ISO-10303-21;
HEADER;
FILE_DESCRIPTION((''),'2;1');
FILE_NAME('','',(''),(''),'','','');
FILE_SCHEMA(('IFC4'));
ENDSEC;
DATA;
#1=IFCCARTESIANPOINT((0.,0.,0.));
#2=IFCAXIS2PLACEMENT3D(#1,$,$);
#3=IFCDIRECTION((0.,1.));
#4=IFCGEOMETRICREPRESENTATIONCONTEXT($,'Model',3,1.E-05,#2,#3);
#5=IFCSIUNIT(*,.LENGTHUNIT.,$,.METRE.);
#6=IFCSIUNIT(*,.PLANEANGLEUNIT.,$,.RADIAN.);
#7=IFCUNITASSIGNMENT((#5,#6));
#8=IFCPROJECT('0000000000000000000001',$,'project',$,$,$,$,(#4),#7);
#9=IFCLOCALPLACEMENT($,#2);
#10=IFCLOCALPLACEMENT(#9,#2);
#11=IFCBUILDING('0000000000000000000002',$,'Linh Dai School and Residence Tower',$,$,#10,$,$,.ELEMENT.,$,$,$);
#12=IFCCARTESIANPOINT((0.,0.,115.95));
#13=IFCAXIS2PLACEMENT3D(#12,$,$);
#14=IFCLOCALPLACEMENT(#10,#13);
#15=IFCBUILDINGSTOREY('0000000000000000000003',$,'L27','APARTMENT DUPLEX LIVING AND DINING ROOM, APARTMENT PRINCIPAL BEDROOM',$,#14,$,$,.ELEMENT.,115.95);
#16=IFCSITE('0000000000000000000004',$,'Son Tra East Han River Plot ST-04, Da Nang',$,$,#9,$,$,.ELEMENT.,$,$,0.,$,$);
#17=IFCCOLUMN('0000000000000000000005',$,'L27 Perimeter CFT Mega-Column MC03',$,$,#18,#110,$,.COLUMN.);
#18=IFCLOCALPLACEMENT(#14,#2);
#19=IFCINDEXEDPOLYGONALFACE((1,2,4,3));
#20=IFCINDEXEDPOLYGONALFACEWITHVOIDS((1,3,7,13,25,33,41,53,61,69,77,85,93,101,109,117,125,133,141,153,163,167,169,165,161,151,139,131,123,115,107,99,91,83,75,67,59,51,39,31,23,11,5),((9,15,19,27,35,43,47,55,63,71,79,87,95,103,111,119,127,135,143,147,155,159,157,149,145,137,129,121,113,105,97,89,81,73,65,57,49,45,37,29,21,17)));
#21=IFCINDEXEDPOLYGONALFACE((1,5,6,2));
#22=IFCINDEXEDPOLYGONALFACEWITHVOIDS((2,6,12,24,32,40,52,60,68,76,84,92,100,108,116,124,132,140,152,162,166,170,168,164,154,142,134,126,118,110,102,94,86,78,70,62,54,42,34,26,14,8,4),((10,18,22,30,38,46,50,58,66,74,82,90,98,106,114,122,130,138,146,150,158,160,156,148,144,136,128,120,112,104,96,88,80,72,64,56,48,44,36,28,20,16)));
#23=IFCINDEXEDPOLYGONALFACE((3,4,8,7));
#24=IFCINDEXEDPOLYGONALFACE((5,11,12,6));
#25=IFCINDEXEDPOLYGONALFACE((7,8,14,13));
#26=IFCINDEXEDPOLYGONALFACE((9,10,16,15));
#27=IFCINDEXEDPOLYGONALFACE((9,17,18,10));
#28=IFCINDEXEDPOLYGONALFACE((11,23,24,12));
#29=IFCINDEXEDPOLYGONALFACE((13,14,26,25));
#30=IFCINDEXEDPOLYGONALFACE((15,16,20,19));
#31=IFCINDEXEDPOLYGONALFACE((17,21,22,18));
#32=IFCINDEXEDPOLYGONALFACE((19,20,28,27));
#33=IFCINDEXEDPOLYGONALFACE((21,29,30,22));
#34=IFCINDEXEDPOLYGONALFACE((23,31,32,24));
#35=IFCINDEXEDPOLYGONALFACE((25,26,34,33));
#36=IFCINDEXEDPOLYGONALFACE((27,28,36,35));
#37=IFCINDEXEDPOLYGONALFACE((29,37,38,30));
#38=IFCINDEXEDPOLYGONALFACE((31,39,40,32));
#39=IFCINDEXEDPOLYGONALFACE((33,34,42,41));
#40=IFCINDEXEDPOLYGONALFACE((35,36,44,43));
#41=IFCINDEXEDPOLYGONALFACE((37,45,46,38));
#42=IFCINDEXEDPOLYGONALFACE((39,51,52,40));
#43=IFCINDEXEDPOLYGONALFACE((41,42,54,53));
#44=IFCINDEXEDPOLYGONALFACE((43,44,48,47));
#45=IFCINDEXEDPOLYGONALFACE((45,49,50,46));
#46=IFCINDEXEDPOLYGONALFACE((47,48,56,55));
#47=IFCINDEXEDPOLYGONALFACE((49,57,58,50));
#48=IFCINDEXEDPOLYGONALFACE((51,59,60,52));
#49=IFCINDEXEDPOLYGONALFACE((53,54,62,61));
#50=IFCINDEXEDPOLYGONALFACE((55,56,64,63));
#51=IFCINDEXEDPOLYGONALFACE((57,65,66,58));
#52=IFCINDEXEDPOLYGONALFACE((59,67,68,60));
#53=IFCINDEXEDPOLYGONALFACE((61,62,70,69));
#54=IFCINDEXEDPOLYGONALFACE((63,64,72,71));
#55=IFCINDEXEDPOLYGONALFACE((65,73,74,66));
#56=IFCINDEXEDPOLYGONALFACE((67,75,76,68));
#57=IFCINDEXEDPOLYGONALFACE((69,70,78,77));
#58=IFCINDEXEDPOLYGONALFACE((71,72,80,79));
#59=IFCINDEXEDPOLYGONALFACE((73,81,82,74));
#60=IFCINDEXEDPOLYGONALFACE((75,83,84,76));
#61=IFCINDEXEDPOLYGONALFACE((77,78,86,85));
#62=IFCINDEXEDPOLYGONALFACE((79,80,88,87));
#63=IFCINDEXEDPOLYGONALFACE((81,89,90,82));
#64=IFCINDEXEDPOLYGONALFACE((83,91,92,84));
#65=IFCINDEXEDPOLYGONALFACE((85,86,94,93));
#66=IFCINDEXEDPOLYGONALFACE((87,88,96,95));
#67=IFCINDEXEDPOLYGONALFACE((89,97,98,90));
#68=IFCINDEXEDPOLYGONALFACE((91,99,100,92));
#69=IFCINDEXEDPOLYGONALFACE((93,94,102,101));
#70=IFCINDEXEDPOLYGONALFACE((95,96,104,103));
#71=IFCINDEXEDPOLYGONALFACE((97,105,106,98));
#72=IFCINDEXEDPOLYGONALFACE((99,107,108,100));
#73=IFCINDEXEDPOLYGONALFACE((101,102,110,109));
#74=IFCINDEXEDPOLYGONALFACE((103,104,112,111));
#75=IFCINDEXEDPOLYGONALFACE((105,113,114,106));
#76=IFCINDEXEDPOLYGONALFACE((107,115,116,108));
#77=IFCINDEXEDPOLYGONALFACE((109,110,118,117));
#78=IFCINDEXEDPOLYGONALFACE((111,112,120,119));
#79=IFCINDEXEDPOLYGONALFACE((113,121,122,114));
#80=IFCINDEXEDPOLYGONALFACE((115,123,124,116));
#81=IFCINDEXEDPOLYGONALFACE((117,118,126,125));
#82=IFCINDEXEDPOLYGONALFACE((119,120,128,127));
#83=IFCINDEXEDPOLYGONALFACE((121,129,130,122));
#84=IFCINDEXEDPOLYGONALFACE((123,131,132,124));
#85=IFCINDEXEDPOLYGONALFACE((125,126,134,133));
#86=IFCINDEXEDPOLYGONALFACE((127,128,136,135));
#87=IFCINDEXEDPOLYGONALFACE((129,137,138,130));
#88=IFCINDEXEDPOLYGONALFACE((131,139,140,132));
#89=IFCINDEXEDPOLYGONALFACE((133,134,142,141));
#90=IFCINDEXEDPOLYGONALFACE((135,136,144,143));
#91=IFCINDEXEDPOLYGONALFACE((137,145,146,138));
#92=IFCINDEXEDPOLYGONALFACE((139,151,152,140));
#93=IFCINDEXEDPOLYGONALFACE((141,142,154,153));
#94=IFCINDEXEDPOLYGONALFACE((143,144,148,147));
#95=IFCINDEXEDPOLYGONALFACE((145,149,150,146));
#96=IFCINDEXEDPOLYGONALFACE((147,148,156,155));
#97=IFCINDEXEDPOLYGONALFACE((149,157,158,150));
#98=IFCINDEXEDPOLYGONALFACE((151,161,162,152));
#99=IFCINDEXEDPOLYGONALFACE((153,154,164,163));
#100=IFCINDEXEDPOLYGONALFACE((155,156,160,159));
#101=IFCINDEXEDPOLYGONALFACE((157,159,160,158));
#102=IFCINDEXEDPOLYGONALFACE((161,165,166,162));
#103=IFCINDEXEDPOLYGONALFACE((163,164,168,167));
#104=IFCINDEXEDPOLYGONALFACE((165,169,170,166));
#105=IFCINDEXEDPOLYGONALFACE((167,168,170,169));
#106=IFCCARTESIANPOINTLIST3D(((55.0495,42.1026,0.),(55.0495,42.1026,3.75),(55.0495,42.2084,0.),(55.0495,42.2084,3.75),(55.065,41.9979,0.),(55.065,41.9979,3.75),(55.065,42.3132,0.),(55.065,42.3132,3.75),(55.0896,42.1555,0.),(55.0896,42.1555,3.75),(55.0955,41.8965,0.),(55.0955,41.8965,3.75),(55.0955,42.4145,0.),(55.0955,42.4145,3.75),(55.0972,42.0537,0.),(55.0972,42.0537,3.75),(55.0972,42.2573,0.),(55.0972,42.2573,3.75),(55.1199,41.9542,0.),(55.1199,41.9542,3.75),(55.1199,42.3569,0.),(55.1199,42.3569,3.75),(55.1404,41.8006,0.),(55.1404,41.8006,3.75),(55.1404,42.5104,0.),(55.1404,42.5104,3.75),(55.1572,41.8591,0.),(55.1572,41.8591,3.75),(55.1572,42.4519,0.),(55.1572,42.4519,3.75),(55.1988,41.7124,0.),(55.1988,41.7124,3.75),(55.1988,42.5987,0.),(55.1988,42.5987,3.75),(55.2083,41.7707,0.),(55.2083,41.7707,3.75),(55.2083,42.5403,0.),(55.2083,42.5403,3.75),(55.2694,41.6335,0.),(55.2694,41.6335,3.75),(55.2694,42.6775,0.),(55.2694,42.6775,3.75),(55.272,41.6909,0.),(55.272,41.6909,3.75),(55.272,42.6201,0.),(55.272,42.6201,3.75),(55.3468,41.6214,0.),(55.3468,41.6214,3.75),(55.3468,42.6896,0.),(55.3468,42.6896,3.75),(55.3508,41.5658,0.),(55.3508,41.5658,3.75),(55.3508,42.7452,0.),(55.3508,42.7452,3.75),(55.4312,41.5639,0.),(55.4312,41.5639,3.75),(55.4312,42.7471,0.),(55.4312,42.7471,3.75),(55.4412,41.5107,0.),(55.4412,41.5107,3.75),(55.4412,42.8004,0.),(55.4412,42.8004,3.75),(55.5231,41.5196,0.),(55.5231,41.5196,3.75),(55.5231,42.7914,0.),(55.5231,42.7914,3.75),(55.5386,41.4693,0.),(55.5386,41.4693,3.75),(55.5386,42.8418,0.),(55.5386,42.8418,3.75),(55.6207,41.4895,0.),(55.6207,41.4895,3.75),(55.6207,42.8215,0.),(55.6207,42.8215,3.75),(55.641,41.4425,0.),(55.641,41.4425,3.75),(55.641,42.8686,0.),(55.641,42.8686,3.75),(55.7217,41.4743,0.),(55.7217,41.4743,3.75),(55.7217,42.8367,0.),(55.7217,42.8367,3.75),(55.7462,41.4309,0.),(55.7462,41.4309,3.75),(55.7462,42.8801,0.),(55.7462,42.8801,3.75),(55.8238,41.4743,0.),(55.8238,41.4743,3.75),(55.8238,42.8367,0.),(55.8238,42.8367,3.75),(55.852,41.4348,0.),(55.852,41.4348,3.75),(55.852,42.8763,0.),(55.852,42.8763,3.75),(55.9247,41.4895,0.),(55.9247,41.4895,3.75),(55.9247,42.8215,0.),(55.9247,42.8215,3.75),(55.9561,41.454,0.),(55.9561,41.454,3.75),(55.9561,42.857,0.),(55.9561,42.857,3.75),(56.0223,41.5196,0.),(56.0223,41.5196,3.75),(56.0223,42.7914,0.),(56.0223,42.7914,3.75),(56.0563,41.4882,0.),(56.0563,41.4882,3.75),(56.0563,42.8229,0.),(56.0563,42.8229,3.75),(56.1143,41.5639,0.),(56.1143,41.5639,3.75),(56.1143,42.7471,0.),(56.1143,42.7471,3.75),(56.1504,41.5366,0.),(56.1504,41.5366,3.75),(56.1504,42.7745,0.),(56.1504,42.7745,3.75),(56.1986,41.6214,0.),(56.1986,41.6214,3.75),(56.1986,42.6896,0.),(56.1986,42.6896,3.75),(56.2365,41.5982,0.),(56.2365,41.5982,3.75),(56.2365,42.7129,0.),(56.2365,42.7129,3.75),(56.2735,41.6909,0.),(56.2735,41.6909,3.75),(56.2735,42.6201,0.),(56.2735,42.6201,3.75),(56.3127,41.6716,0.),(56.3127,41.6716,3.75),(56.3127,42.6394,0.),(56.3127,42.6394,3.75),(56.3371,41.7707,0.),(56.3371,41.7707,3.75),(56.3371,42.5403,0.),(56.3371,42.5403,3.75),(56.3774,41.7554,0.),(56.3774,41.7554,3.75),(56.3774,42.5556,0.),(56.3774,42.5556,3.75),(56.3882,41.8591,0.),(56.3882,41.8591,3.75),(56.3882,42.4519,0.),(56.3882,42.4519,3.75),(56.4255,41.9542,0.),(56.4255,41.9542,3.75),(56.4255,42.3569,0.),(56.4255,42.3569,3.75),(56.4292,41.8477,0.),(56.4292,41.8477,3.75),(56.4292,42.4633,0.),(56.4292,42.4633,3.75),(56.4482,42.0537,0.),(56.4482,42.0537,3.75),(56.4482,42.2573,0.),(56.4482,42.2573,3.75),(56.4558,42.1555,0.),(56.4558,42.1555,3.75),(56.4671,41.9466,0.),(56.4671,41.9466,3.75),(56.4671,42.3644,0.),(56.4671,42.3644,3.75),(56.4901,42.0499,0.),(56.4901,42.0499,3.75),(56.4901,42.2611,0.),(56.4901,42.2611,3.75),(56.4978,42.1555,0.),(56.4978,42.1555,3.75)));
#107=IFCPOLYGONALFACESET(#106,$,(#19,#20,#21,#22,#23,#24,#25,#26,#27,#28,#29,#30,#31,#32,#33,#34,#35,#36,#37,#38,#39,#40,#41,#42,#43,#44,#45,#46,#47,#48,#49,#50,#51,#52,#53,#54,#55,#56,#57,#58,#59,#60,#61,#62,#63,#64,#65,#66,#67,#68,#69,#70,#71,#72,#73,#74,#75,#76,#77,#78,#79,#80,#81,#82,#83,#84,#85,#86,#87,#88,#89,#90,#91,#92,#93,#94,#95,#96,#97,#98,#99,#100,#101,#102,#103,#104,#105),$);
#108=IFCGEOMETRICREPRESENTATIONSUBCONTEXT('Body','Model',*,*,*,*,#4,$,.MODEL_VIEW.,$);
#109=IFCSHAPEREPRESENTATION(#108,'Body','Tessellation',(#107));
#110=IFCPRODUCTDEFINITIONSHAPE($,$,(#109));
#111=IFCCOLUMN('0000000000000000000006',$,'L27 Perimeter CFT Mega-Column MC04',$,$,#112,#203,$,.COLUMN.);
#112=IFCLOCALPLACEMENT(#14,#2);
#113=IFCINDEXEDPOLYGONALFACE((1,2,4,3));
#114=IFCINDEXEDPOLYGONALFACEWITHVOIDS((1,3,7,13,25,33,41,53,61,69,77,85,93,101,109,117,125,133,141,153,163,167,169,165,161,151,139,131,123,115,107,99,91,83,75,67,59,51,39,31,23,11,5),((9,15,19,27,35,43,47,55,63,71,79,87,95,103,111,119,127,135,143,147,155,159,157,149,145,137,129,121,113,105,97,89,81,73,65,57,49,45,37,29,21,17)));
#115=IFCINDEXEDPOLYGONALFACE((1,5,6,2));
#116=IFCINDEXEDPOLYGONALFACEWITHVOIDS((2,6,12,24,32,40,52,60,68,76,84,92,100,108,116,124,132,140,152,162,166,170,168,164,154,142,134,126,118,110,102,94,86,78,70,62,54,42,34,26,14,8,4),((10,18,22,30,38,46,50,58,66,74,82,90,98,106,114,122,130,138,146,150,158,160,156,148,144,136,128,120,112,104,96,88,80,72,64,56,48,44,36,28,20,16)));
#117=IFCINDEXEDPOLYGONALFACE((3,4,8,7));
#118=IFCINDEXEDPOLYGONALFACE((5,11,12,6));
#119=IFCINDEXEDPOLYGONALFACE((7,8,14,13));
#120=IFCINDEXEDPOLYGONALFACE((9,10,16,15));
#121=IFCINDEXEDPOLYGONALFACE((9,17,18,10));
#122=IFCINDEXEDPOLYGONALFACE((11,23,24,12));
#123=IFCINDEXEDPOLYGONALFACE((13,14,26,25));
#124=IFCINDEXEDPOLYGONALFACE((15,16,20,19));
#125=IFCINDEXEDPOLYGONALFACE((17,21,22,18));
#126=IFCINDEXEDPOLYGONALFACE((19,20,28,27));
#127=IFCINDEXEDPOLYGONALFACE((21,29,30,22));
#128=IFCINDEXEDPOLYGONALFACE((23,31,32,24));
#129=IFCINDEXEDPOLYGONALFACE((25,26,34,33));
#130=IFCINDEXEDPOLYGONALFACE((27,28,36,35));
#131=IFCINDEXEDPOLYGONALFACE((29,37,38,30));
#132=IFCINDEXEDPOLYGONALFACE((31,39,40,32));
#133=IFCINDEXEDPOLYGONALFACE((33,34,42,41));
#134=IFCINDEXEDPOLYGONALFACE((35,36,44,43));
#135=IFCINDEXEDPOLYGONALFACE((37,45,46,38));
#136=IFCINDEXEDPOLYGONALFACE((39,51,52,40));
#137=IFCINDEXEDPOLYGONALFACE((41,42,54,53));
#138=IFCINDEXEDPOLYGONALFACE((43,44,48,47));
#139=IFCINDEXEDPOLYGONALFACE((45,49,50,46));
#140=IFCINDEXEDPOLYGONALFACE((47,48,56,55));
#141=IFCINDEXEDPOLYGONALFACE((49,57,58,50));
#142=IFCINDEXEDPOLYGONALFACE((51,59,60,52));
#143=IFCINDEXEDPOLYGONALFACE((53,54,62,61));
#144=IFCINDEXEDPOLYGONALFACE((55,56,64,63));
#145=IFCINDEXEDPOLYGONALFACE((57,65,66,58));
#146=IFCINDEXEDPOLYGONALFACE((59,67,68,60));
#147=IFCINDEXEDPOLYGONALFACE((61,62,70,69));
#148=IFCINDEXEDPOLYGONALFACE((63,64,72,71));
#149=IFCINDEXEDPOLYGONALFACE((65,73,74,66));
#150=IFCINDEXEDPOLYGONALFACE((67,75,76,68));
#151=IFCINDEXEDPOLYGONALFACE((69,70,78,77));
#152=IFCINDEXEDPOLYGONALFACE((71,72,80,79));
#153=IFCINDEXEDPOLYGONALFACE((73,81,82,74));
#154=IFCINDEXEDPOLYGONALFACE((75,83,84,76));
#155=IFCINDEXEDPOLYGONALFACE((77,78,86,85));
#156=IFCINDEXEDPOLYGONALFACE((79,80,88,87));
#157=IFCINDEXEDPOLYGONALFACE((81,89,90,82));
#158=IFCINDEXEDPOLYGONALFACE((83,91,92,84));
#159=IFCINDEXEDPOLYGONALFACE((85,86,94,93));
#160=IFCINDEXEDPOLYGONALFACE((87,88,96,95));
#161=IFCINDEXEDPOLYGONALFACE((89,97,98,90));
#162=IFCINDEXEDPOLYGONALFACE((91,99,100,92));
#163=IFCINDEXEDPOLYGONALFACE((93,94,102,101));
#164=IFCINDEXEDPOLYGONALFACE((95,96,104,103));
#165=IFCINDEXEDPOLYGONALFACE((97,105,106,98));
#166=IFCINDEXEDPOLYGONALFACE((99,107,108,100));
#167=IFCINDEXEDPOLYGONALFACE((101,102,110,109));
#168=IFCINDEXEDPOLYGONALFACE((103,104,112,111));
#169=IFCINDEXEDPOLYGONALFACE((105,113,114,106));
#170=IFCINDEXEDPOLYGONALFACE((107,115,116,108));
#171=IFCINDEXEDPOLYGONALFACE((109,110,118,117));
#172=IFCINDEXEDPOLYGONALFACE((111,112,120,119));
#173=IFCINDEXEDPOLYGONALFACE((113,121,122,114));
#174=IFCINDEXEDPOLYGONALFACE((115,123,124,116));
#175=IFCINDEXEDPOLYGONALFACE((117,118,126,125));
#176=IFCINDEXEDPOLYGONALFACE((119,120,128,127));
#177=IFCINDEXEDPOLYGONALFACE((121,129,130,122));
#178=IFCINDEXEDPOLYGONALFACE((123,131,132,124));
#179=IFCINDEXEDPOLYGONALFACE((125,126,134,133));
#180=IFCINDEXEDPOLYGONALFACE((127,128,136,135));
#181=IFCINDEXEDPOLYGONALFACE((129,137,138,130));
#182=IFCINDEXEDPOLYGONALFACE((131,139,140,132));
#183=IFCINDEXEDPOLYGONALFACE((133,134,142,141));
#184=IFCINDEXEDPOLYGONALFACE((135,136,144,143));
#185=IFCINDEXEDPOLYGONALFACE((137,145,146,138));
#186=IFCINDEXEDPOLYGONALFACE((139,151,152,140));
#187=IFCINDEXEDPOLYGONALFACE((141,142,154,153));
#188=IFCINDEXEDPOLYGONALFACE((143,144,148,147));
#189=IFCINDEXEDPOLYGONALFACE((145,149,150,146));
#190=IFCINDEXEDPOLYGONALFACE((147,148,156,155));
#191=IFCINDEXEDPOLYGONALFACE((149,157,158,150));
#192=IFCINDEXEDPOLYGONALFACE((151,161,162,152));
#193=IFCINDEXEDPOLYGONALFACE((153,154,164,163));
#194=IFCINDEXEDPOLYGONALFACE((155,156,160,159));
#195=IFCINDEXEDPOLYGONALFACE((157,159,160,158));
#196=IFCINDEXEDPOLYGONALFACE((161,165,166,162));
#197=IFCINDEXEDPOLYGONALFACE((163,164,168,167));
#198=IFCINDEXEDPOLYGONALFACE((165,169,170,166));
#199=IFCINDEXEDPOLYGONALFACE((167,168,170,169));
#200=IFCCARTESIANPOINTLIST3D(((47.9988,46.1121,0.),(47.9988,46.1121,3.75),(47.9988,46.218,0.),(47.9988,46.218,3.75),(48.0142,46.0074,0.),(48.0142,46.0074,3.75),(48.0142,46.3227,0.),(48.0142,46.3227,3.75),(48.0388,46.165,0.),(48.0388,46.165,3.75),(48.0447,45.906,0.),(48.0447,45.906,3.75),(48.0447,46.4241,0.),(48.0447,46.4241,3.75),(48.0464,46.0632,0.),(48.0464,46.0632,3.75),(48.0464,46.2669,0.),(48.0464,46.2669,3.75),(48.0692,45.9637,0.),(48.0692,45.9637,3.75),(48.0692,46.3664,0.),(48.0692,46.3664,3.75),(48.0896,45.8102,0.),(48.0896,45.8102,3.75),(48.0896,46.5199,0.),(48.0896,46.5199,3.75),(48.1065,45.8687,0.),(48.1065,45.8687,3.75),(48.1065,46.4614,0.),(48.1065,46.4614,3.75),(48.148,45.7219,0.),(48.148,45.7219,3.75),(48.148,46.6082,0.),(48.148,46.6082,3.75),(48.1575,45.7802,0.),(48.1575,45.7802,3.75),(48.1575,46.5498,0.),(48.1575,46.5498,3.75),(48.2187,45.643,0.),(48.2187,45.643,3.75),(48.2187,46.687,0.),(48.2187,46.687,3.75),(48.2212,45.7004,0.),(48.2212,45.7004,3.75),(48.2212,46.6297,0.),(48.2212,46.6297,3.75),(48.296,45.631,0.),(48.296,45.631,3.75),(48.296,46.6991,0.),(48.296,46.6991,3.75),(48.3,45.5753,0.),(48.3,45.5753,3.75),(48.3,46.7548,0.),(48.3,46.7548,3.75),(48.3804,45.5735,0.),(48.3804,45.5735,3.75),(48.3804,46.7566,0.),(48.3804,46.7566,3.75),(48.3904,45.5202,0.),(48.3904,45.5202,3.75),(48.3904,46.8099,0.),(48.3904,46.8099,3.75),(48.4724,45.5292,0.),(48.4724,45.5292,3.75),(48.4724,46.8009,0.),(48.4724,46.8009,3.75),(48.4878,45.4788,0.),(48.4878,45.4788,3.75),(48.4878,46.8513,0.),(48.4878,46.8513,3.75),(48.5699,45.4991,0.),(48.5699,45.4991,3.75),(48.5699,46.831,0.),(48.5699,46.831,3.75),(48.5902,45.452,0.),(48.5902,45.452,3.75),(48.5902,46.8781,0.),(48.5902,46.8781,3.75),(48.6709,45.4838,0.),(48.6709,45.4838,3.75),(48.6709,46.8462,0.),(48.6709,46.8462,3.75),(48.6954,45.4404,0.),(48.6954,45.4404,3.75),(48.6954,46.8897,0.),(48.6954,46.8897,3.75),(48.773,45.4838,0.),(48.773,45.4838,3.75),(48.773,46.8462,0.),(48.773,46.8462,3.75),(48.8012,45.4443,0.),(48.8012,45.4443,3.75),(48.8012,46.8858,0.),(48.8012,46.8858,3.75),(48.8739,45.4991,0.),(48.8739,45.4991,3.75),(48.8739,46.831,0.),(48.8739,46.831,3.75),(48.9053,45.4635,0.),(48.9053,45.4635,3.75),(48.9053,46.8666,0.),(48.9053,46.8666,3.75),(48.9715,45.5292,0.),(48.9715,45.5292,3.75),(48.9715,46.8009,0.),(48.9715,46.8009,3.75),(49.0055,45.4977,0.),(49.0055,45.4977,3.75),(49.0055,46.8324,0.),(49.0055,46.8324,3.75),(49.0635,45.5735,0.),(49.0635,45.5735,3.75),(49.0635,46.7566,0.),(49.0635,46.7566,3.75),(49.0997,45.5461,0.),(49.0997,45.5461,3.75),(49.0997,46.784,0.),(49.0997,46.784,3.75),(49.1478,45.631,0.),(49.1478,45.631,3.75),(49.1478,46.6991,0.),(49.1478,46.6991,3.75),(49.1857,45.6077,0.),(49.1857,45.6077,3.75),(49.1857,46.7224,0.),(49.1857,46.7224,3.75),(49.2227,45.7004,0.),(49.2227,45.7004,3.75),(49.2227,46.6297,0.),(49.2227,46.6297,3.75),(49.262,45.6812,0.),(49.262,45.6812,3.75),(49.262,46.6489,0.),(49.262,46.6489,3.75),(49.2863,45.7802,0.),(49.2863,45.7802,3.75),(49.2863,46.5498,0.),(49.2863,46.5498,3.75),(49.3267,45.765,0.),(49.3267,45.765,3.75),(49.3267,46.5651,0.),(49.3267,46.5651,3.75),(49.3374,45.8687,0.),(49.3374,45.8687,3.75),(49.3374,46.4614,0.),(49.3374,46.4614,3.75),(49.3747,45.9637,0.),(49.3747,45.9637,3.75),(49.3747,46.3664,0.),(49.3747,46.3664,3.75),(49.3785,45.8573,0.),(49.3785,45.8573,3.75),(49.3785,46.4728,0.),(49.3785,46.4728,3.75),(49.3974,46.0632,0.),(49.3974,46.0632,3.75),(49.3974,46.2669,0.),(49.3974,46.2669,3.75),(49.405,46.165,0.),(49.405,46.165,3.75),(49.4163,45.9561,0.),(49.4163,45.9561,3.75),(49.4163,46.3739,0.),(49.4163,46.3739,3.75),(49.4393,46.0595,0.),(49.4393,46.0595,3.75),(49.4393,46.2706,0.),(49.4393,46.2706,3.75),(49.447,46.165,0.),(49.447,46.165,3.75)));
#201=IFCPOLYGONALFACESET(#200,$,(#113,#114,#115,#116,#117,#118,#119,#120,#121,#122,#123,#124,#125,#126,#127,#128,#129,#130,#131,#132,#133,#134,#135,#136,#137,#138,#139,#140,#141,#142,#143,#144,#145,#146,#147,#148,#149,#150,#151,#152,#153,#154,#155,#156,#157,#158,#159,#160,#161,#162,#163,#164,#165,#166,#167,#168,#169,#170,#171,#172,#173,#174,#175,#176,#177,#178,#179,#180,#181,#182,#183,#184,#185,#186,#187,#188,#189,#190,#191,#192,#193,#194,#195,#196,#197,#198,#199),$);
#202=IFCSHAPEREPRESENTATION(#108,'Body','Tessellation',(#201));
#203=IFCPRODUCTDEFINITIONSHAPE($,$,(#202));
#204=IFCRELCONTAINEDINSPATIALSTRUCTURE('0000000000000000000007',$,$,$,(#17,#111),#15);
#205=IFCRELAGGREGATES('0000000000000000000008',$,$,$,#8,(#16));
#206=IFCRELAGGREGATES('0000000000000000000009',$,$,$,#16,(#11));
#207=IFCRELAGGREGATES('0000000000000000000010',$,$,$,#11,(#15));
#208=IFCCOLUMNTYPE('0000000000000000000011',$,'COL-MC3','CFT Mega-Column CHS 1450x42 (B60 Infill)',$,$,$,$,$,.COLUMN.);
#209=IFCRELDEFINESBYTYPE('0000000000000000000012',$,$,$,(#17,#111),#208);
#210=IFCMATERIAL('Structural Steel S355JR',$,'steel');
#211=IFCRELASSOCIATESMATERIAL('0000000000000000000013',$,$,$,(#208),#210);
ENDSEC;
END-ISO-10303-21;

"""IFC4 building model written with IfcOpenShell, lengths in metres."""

from ifc_helpers import new_model, si_unit, direction, frame, origin, origin_2d, place, context, subcontext, project, spatial, hollow_circle, extrude, material, material_profile, profile_set, type_object, element, save


model = new_model("IFC4")

# Units and contexts
model_context = context("Model", 3, precision=1e-05, world=origin(), true_north=direction((0.0, 1.0)))
body_context = subcontext(model_context, "Body", "Model", "MODEL_VIEW")
ifc_project = project(units=[si_unit("LENGTHUNIT", "METRE"), si_unit("PLANEANGLEUNIT", "RADIAN")], contexts=[model_context])

# Site, building, storey
site_placement = place(None, origin())
site = spatial("IfcSite", under=ifc_project, at=site_placement, Name="Son Tra East Han River Plot ST-04, Da Nang", CompositionType="ELEMENT", RefElevation=0.0)
building_placement = place(site_placement, origin())
building = spatial("IfcBuilding", under=site, at=building_placement, Name="Linh Dai School and Residence Tower", CompositionType="ELEMENT")
storey_placement = place(building_placement, frame((0.0, 0.0, 115.95)))
storey = spatial("IfcBuildingStorey", under=building, at=storey_placement, Name="L27", Description="APARTMENT DUPLEX LIVING AND DINING ROOM, APARTMENT PRINCIPAL BEDROOM", CompositionType="ELEMENT", Elevation=115.95)

# Columns
ifc_material_1 = material(Name="Structural Steel S355JR", Category="steel")
ifc_material_profile_1 = material_profile(ifc_material_1, hollow_circle(Radius=0.7251, WallThickness=0.042, at=origin_2d()), Name="CHS 1450x42")
ifc_profile_set_1 = profile_set([ifc_material_profile_1], Name="Structural Steel S355JR")
column_type = type_object("IfcColumnType", Name="COL-MC3", Description="CFT Mega-Column CHS 1450x42 (B60 Infill)", PredefinedType="COLUMN", material=ifc_profile_set_1)
for number, where, z_axis, x_axis, name in (
    (1, (55.7727, 42.1555, 0.0), (0.0, 0.0, 1.0), (1.0, 0.0, 0.0), "L27 Perimeter CFT Mega-Column MC03"),
    (2, (48.7219, 46.165, 0.0), (0.0, 0.0, 1.0), (1.0, 0.0, 0.0), "L27 Perimeter CFT Mega-Column MC04"),
):
    element("IfcColumn", number, at=place(storey_placement, frame(where, z_axis=z_axis, x_axis=x_axis)), inside=storey, type_object=column_type, Name=name, PredefinedType="COLUMN", context=body_context, shape_type="SweptSolid", body=[
        extrude(hollow_circle(Radius=0.7251, WallThickness=0.042, at=origin_2d()), origin(), (0.0, 0.0, 1.0), 3.75),
    ])

save(model, "model.ifc")
